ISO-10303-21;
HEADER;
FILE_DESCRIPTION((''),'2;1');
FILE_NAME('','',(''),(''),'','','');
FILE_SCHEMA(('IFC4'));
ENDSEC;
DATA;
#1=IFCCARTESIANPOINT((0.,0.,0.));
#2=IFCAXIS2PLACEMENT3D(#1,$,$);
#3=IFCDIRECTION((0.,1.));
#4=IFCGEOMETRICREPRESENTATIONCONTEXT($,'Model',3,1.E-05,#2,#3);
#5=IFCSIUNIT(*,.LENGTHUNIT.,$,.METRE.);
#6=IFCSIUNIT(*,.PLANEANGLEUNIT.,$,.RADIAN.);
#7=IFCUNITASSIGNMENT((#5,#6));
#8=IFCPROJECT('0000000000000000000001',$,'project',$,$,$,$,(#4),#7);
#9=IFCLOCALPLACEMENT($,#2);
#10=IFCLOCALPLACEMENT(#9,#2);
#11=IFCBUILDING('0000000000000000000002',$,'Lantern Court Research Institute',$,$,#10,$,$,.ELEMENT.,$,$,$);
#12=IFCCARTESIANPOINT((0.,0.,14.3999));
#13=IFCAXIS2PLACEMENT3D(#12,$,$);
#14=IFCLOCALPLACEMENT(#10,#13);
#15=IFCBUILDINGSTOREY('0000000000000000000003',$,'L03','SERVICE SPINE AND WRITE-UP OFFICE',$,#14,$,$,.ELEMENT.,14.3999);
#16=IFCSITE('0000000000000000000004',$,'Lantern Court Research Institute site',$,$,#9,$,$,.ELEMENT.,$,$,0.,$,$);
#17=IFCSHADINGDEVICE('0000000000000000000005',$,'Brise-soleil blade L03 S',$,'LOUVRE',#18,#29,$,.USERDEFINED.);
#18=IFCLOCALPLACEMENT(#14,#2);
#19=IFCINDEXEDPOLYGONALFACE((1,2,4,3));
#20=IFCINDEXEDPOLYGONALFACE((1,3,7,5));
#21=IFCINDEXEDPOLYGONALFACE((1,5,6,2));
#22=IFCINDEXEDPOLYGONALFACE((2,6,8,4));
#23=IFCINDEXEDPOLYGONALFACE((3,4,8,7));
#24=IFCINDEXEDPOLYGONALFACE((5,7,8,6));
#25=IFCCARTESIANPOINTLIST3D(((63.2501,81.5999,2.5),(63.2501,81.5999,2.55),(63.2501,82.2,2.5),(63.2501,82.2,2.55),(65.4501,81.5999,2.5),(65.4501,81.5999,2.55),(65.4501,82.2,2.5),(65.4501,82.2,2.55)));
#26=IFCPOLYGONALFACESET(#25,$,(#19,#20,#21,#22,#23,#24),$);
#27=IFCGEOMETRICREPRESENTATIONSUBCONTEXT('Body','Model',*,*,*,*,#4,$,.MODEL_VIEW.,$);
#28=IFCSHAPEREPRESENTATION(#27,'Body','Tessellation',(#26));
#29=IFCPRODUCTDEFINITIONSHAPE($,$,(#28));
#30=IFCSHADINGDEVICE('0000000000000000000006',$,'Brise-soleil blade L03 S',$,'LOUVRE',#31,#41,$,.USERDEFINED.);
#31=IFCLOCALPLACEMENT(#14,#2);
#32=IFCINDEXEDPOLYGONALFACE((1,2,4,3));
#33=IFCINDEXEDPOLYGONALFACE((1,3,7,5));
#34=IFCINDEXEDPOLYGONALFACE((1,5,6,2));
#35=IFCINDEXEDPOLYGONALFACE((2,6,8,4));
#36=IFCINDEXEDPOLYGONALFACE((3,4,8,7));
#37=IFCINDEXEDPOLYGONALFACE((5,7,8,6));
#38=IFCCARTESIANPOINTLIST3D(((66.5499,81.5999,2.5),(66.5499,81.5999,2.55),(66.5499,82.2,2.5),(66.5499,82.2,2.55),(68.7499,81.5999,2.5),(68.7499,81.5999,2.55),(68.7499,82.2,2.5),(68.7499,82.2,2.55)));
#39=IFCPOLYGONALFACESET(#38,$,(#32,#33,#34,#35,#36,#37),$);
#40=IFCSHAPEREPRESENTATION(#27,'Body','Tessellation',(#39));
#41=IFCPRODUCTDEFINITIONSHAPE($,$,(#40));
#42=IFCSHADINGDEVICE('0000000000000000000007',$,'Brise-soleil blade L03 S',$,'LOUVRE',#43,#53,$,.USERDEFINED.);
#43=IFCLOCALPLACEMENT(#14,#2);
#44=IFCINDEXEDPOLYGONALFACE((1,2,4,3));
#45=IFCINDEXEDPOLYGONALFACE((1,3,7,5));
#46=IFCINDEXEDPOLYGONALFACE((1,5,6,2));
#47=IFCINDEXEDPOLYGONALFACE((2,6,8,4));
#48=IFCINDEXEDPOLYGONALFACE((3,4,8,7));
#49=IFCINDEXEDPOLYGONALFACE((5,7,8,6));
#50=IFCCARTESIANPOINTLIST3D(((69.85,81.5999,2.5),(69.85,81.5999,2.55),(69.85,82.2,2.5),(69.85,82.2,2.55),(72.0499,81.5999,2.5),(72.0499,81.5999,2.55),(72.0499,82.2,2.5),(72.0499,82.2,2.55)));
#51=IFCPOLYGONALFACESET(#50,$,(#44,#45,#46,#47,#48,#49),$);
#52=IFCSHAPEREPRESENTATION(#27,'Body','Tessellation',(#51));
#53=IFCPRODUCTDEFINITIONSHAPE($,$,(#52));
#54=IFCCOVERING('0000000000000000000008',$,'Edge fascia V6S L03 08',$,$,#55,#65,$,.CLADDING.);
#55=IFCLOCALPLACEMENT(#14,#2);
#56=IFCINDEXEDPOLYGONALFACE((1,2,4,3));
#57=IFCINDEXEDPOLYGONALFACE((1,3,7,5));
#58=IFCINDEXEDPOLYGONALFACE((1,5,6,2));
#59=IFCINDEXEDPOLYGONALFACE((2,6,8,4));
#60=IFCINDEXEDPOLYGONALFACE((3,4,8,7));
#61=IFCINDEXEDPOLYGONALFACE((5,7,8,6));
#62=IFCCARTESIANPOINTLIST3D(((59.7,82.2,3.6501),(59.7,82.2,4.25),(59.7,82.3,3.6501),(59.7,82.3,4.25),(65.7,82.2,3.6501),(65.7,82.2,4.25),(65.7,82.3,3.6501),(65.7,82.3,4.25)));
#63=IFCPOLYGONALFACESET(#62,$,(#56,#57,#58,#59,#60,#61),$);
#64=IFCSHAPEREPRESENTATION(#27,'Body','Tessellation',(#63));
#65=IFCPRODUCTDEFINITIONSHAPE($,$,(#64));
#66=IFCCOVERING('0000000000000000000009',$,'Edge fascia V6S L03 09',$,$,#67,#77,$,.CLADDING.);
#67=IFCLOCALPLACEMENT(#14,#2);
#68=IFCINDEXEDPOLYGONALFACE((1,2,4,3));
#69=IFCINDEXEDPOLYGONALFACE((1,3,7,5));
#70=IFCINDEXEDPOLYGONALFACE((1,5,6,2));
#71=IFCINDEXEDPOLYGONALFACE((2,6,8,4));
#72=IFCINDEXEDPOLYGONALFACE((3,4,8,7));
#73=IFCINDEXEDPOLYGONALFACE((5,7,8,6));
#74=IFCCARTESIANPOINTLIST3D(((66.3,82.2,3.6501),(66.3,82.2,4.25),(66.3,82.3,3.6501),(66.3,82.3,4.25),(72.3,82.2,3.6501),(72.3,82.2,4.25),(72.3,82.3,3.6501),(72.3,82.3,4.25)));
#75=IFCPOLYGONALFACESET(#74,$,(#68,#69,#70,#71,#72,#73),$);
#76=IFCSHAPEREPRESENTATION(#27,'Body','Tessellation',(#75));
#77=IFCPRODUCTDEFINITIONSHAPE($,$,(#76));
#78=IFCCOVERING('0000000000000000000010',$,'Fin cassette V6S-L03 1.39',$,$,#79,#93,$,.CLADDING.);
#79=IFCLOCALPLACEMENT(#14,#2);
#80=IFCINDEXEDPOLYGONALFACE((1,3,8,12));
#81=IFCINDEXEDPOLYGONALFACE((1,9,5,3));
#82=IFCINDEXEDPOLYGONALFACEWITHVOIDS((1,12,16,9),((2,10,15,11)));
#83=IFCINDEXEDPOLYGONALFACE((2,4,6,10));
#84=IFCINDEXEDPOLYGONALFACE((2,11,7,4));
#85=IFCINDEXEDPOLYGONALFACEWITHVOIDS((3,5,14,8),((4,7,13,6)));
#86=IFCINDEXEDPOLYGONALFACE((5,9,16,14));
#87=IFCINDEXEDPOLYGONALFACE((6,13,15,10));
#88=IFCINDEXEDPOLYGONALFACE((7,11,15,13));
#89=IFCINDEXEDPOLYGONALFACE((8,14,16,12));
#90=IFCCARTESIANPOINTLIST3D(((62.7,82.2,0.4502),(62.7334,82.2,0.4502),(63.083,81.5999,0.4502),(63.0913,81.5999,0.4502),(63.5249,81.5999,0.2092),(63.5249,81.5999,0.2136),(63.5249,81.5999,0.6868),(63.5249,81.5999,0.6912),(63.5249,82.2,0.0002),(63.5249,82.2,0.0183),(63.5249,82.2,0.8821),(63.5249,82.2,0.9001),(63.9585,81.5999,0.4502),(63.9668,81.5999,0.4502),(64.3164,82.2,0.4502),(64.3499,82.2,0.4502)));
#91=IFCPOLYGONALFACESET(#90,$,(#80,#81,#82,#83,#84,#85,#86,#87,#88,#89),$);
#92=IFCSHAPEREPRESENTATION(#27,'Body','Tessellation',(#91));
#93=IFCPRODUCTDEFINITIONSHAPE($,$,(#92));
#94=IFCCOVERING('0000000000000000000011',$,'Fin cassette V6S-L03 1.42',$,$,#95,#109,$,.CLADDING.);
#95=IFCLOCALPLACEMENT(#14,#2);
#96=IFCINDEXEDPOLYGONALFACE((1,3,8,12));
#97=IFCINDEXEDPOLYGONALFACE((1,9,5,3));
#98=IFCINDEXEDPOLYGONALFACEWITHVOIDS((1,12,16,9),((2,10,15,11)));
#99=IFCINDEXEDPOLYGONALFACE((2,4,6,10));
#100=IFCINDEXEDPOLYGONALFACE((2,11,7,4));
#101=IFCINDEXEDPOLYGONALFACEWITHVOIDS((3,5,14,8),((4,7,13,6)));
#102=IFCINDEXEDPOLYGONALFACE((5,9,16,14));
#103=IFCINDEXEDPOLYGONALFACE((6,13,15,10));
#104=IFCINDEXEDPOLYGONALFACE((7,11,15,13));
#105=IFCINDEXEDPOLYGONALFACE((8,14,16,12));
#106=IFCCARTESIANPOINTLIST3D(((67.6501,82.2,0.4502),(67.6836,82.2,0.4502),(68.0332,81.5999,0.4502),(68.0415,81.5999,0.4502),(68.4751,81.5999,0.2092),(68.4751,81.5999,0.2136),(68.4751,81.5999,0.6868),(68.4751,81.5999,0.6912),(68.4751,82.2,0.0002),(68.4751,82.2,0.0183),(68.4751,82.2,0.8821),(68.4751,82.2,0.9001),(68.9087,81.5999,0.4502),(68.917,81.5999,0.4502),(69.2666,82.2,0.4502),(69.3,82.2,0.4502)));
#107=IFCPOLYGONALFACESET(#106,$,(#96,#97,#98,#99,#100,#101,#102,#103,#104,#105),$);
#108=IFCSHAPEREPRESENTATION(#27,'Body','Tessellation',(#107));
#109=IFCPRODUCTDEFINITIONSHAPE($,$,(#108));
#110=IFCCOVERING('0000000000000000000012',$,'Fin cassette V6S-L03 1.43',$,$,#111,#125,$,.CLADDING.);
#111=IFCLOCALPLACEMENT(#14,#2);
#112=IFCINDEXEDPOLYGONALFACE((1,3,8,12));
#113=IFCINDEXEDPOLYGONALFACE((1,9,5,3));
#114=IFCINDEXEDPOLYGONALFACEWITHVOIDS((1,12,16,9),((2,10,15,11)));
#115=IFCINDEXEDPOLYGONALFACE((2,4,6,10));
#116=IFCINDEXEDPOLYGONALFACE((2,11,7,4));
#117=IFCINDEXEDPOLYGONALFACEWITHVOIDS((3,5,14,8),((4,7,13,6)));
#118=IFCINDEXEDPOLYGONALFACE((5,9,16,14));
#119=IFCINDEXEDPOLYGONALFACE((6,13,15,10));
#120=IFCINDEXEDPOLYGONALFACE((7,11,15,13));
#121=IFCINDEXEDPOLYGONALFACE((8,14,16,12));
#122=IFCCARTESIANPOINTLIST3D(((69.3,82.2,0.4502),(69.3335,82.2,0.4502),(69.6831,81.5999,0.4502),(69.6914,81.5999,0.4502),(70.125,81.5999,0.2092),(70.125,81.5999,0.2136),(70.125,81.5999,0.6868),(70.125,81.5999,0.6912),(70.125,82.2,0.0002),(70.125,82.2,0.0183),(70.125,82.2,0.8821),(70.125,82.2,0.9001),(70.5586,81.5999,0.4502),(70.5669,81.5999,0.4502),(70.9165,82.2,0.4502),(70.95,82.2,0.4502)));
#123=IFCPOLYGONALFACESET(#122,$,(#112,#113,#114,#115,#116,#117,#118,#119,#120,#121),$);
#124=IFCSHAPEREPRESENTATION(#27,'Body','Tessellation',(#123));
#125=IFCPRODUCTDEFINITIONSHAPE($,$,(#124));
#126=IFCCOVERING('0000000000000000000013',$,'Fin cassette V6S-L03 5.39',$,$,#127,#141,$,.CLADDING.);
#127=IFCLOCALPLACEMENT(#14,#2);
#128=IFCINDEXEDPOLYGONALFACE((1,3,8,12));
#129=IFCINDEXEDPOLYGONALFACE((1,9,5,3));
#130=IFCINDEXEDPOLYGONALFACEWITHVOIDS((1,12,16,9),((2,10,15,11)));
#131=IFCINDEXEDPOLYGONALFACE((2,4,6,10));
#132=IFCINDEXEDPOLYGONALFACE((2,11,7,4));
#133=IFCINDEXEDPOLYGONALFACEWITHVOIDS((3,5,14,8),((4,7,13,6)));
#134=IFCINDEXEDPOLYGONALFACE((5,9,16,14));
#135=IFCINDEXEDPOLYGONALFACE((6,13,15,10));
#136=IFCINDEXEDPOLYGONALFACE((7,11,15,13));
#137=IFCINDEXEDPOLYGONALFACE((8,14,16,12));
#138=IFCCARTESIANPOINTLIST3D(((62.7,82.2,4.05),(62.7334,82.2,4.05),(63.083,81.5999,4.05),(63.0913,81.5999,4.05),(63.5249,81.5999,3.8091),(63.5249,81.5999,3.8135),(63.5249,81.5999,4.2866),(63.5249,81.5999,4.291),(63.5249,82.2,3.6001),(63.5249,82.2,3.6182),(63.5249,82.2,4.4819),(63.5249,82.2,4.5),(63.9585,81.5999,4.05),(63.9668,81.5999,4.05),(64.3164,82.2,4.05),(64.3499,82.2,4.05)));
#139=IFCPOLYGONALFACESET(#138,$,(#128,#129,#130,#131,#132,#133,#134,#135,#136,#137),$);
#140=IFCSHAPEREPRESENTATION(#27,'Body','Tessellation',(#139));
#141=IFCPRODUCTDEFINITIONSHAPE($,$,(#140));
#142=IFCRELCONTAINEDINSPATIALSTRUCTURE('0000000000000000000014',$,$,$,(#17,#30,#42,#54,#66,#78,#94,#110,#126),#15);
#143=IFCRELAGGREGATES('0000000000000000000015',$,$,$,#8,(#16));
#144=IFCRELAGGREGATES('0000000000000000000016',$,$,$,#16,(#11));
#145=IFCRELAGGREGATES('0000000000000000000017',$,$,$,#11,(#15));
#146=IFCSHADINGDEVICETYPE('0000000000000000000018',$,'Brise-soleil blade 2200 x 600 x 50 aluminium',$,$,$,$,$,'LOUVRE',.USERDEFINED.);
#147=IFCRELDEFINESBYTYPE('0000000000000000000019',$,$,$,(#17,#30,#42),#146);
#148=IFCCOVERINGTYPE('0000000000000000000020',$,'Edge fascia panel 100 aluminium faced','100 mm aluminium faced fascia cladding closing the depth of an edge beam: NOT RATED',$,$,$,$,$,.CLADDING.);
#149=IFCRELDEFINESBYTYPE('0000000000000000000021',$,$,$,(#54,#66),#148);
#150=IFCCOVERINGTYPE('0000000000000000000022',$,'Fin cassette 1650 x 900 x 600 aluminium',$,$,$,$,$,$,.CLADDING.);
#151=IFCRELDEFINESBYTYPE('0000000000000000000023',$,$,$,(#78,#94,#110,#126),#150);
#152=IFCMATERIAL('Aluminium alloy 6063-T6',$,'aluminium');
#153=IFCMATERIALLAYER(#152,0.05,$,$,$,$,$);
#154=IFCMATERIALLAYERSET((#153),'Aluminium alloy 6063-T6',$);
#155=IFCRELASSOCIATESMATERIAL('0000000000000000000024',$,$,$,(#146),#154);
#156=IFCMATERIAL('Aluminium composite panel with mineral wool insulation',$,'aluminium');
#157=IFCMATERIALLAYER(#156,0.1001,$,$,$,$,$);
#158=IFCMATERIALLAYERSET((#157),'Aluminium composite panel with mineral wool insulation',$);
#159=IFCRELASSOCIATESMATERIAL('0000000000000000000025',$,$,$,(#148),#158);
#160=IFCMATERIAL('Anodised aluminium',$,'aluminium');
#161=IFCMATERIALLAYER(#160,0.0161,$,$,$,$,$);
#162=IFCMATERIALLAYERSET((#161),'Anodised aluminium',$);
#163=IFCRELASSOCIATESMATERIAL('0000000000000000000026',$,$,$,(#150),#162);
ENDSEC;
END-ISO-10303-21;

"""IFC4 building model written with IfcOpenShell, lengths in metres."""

from ifc_helpers import new_model, entity, si_unit, direction, frame, frame_2d, origin, origin_2d, place, context, subcontext, project, spatial, rectangle, extrude, material, layer, layer_set, type_object, element, save


model = new_model("IFC4")

# Units and contexts
model_context = context("Model", 3, precision=1e-05, world=origin(), true_north=direction((0.0, 1.0)))
body_context = subcontext(model_context, "Body", "Model", "MODEL_VIEW")
ifc_project = project(units=[si_unit("LENGTHUNIT", "METRE"), si_unit("PLANEANGLEUNIT", "RADIAN")], contexts=[model_context])

# Site, building, storey
site_placement = place(None, origin())
site = spatial("IfcSite", under=ifc_project, at=site_placement, Name="Lantern Court Research Institute site", CompositionType="ELEMENT", RefElevation=0.0)
building_placement = place(site_placement, origin())
building = spatial("IfcBuilding", under=site, at=building_placement, Name="Lantern Court Research Institute", CompositionType="ELEMENT")
storey_placement = place(building_placement, frame((0.0, 0.0, 14.3999)))
storey = spatial("IfcBuildingStorey", under=building, at=storey_placement, Name="L03", Description="SERVICE SPINE AND WRITE-UP OFFICE", CompositionType="ELEMENT", Elevation=14.3999)

# Shading devices
ifc_material_1 = material(Name="Aluminium alloy 6063-T6", Category="aluminium")
ifc_layer_1 = layer(ifc_material_1, 0.05)
ifc_layer_set_1 = layer_set([ifc_layer_1], Name="Aluminium alloy 6063-T6")
shading_device_type = type_object("IfcShadingDeviceType", Name="Brise-soleil blade 2200 x 600 x 50 aluminium", ElementType="LOUVRE", PredefinedType="USERDEFINED", material=ifc_layer_set_1)
for number, where, z_axis, x_axis, name in (
    (1, (64.3501, 81.8999, 2.5), (0.0, 0.0, 1.0), (-1.0, 0.0, 0.0), "Brise-soleil blade L03 S"),
    (2, (67.6499, 81.8999, 2.5), (0.0, 0.0, 1.0), (-1.0, 0.0, 0.0), "Brise-soleil blade L03 S"),
    (3, (70.95, 81.8999, 2.5), (0.0, 0.0, 1.0), (-1.0, 0.0, 0.0), "Brise-soleil blade L03 S"),
):
    element("IfcShadingDevice", number, at=place(storey_placement, frame(where, z_axis=z_axis, x_axis=x_axis)), inside=storey, type_object=shading_device_type, Name=name, ObjectType="LOUVRE", PredefinedType="USERDEFINED", context=body_context, shape_type="SweptSolid", body=[
        extrude(rectangle(XDim=2.2, YDim=0.6001, at=origin_2d()), origin(), (0.0, 0.0, 1.0), 0.05),
    ])

# Coverings
ifc_material_2 = material(Name="Aluminium composite panel with mineral wool insulation", Category="aluminium")
ifc_layer_2 = layer(ifc_material_2, 0.1001)
ifc_layer_set_2 = layer_set([ifc_layer_2], Name="Aluminium composite panel with mineral wool insulation")
covering_type_1 = type_object("IfcCoveringType", Name="Edge fascia panel 100 aluminium faced", Description="100 mm aluminium faced fascia cladding closing the depth of an edge beam: NOT RATED", PredefinedType="CLADDING", material=ifc_layer_set_2)
for number, where, z_axis, x_axis, name in (
    (4, (65.7, 82.25, 3.6501), (0.0, 0.0, 1.0), (-1.0, 0.0, 0.0), "Edge fascia V6S L03 08"),
    (5, (72.3, 82.25, 3.6501), (0.0, 0.0, 1.0), (-1.0, 0.0, 0.0), "Edge fascia V6S L03 09"),
):
    element("IfcCovering", number, at=place(storey_placement, frame(where, z_axis=z_axis, x_axis=x_axis)), inside=storey, type_object=covering_type_1, Name=name, PredefinedType="CLADDING", context=body_context, shape_type="SweptSolid", body=[
        extrude(rectangle(XDim=6.0, YDim=0.1001, at=frame_2d((3.0, 0.0))), origin(), (0.0, 0.0, 1.0), 0.5999),
    ])
ifc_material_3 = material(Name="Anodised aluminium", Category="aluminium")
ifc_layer_3 = layer(ifc_material_3, 0.0161)
ifc_layer_set_3 = layer_set([ifc_layer_3], Name="Anodised aluminium")
covering_type_2 = type_object("IfcCoveringType", Name="Fin cassette 1650 x 900 x 600 aluminium", PredefinedType="CLADDING", material=ifc_layer_set_3)
covering_1_placement = place(storey_placement, frame((63.5249, 82.2, 0.4502), z_axis=(0.0, -1.0, 0.0), x_axis=(1.0, 0.0, 0.0)))
cartesian_point_1 = entity("IfcCartesianPoint", [0.825, 0.0])
cartesian_point_2 = entity("IfcCartesianPoint", [0.7915, 0.0])
cartesian_point_3 = entity("IfcCartesianPoint", [0.4419, 0.0])
cartesian_point_4 = entity("IfcCartesianPoint", [0.4336, 0.0])
element("IfcCovering", 6, at=covering_1_placement, inside=storey, type_object=covering_type_2, Name="Fin cassette V6S-L03 1.39", PredefinedType="CLADDING", context=body_context, shape_type="SweptSolid", body=[
    entity("IfcExtrudedAreaSolidTapered", entity("IfcArbitraryProfileDefWithVoids", "AREA", None, entity("IfcPolyline", [cartesian_point_1, entity("IfcCartesianPoint", [0.0, 0.45]), entity("IfcCartesianPoint", [-0.825, 0.0]), entity("IfcCartesianPoint", [0.0, -0.45]), cartesian_point_1]), [entity("IfcPolyline", [cartesian_point_2, entity("IfcCartesianPoint", [0.0, 0.4319]), entity("IfcCartesianPoint", [-0.7915, 0.0]), entity("IfcCartesianPoint", [0.0, -0.4319]), cartesian_point_2])]), entity("IfcAxis2Placement3D", entity("IfcCartesianPoint", [0.0, 0.0, 0.0])), entity("IfcDirection", [0.0, 0.0, 1.0]), 0.6001, entity("IfcArbitraryProfileDefWithVoids", "AREA", None, entity("IfcPolyline", [cartesian_point_3, entity("IfcCartesianPoint", [0.0, 0.241]), entity("IfcCartesianPoint", [-0.4419, 0.0]), entity("IfcCartesianPoint", [0.0, -0.241]), cartesian_point_3]), [entity("IfcPolyline", [cartesian_point_4, entity("IfcCartesianPoint", [0.0, 0.2366]), entity("IfcCartesianPoint", [-0.4336, 0.0]), entity("IfcCartesianPoint", [0.0, -0.2366]), cartesian_point_4])])),
])
covering_2_placement = place(storey_placement, frame((68.4751, 82.2, 0.4502), z_axis=(0.0, -1.0, 0.0), x_axis=(1.0, 0.0, 0.0)))
cartesian_point_5 = entity("IfcCartesianPoint", [0.825, 0.0])
cartesian_point_6 = entity("IfcCartesianPoint", [0.7915, 0.0])
cartesian_point_7 = entity("IfcCartesianPoint", [0.4419, 0.0])
cartesian_point_8 = entity("IfcCartesianPoint", [0.4336, 0.0])
element("IfcCovering", 7, at=covering_2_placement, inside=storey, type_object=covering_type_2, Name="Fin cassette V6S-L03 1.42", PredefinedType="CLADDING", context=body_context, shape_type="SweptSolid", body=[
    entity("IfcExtrudedAreaSolidTapered", entity("IfcArbitraryProfileDefWithVoids", "AREA", None, entity("IfcPolyline", [cartesian_point_5, entity("IfcCartesianPoint", [0.0, 0.45]), entity("IfcCartesianPoint", [-0.825, 0.0]), entity("IfcCartesianPoint", [0.0, -0.45]), cartesian_point_5]), [entity("IfcPolyline", [cartesian_point_6, entity("IfcCartesianPoint", [0.0, 0.4319]), entity("IfcCartesianPoint", [-0.7915, 0.0]), entity("IfcCartesianPoint", [0.0, -0.4319]), cartesian_point_6])]), entity("IfcAxis2Placement3D", entity("IfcCartesianPoint", [0.0, 0.0, 0.0])), entity("IfcDirection", [0.0, 0.0, 1.0]), 0.6001, entity("IfcArbitraryProfileDefWithVoids", "AREA", None, entity("IfcPolyline", [cartesian_point_7, entity("IfcCartesianPoint", [0.0, 0.241]), entity("IfcCartesianPoint", [-0.4419, 0.0]), entity("IfcCartesianPoint", [0.0, -0.241]), cartesian_point_7]), [entity("IfcPolyline", [cartesian_point_8, entity("IfcCartesianPoint", [0.0, 0.2366]), entity("IfcCartesianPoint", [-0.4336, 0.0]), entity("IfcCartesianPoint", [0.0, -0.2366]), cartesian_point_8])])),
])
covering_3_placement = place(storey_placement, frame((70.125, 82.2, 0.4502), z_axis=(0.0, -1.0, 0.0), x_axis=(1.0, 0.0, 0.0)))
cartesian_point_9 = entity("IfcCartesianPoint", [0.825, 0.0])
cartesian_point_10 = entity("IfcCartesianPoint", [0.7915, 0.0])
cartesian_point_11 = entity("IfcCartesianPoint", [0.4419, 0.0])
cartesian_point_12 = entity("IfcCartesianPoint", [0.4336, 0.0])
element("IfcCovering", 8, at=covering_3_placement, inside=storey, type_object=covering_type_2, Name="Fin cassette V6S-L03 1.43", PredefinedType="CLADDING", context=body_context, shape_type="SweptSolid", body=[
    entity("IfcExtrudedAreaSolidTapered", entity("IfcArbitraryProfileDefWithVoids", "AREA", None, entity("IfcPolyline", [cartesian_point_9, entity("IfcCartesianPoint", [0.0, 0.45]), entity("IfcCartesianPoint", [-0.825, 0.0]), entity("IfcCartesianPoint", [0.0, -0.45]), cartesian_point_9]), [entity("IfcPolyline", [cartesian_point_10, entity("IfcCartesianPoint", [0.0, 0.4319]), entity("IfcCartesianPoint", [-0.7915, 0.0]), entity("IfcCartesianPoint", [0.0, -0.4319]), cartesian_point_10])]), entity("IfcAxis2Placement3D", entity("IfcCartesianPoint", [0.0, 0.0, 0.0])), entity("IfcDirection", [0.0, 0.0, 1.0]), 0.6001, entity("IfcArbitraryProfileDefWithVoids", "AREA", None, entity("IfcPolyline", [cartesian_point_11, entity("IfcCartesianPoint", [0.0, 0.241]), entity("IfcCartesianPoint", [-0.4419, 0.0]), entity("IfcCartesianPoint", [0.0, -0.241]), cartesian_point_11]), [entity("IfcPolyline", [cartesian_point_12, entity("IfcCartesianPoint", [0.0, 0.2366]), entity("IfcCartesianPoint", [-0.4336, 0.0]), entity("IfcCartesianPoint", [0.0, -0.2366]), cartesian_point_12])])),
])
covering_4_placement = place(storey_placement, frame((63.5249, 82.2, 4.05), z_axis=(0.0, -1.0, 0.0), x_axis=(1.0, 0.0, 0.0)))
cartesian_point_13 = entity("IfcCartesianPoint", [0.825, 0.0])
cartesian_point_14 = entity("IfcCartesianPoint", [0.7915, 0.0])
cartesian_point_15 = entity("IfcCartesianPoint", [0.4419, 0.0])
cartesian_point_16 = entity("IfcCartesianPoint", [0.4336, 0.0])
element("IfcCovering", 9, at=covering_4_placement, inside=storey, type_object=covering_type_2, Name="Fin cassette V6S-L03 5.39", PredefinedType="CLADDING", context=body_context, shape_type="SweptSolid", body=[
    entity("IfcExtrudedAreaSolidTapered", entity("IfcArbitraryProfileDefWithVoids", "AREA", None, entity("IfcPolyline", [cartesian_point_13, entity("IfcCartesianPoint", [0.0, 0.45]), entity("IfcCartesianPoint", [-0.825, 0.0]), entity("IfcCartesianPoint", [0.0, -0.45]), cartesian_point_13]), [entity("IfcPolyline", [cartesian_point_14, entity("IfcCartesianPoint", [0.0, 0.4319]), entity("IfcCartesianPoint", [-0.7915, 0.0]), entity("IfcCartesianPoint", [0.0, -0.4319]), cartesian_point_14])]), entity("IfcAxis2Placement3D", entity("IfcCartesianPoint", [0.0, 0.0, 0.0])), entity("IfcDirection", [0.0, 0.0, 1.0]), 0.6001, entity("IfcArbitraryProfileDefWithVoids", "AREA", None, entity("IfcPolyline", [cartesian_point_15, entity("IfcCartesianPoint", [0.0, 0.241]), entity("IfcCartesianPoint", [-0.4419, 0.0]), entity("IfcCartesianPoint", [0.0, -0.241]), cartesian_point_15]), [entity("IfcPolyline", [cartesian_point_16, entity("IfcCartesianPoint", [0.0, 0.2366]), entity("IfcCartesianPoint", [-0.4336, 0.0]), entity("IfcCartesianPoint", [0.0, -0.2366]), cartesian_point_16])])),
])

save(model, "model.ifc")
